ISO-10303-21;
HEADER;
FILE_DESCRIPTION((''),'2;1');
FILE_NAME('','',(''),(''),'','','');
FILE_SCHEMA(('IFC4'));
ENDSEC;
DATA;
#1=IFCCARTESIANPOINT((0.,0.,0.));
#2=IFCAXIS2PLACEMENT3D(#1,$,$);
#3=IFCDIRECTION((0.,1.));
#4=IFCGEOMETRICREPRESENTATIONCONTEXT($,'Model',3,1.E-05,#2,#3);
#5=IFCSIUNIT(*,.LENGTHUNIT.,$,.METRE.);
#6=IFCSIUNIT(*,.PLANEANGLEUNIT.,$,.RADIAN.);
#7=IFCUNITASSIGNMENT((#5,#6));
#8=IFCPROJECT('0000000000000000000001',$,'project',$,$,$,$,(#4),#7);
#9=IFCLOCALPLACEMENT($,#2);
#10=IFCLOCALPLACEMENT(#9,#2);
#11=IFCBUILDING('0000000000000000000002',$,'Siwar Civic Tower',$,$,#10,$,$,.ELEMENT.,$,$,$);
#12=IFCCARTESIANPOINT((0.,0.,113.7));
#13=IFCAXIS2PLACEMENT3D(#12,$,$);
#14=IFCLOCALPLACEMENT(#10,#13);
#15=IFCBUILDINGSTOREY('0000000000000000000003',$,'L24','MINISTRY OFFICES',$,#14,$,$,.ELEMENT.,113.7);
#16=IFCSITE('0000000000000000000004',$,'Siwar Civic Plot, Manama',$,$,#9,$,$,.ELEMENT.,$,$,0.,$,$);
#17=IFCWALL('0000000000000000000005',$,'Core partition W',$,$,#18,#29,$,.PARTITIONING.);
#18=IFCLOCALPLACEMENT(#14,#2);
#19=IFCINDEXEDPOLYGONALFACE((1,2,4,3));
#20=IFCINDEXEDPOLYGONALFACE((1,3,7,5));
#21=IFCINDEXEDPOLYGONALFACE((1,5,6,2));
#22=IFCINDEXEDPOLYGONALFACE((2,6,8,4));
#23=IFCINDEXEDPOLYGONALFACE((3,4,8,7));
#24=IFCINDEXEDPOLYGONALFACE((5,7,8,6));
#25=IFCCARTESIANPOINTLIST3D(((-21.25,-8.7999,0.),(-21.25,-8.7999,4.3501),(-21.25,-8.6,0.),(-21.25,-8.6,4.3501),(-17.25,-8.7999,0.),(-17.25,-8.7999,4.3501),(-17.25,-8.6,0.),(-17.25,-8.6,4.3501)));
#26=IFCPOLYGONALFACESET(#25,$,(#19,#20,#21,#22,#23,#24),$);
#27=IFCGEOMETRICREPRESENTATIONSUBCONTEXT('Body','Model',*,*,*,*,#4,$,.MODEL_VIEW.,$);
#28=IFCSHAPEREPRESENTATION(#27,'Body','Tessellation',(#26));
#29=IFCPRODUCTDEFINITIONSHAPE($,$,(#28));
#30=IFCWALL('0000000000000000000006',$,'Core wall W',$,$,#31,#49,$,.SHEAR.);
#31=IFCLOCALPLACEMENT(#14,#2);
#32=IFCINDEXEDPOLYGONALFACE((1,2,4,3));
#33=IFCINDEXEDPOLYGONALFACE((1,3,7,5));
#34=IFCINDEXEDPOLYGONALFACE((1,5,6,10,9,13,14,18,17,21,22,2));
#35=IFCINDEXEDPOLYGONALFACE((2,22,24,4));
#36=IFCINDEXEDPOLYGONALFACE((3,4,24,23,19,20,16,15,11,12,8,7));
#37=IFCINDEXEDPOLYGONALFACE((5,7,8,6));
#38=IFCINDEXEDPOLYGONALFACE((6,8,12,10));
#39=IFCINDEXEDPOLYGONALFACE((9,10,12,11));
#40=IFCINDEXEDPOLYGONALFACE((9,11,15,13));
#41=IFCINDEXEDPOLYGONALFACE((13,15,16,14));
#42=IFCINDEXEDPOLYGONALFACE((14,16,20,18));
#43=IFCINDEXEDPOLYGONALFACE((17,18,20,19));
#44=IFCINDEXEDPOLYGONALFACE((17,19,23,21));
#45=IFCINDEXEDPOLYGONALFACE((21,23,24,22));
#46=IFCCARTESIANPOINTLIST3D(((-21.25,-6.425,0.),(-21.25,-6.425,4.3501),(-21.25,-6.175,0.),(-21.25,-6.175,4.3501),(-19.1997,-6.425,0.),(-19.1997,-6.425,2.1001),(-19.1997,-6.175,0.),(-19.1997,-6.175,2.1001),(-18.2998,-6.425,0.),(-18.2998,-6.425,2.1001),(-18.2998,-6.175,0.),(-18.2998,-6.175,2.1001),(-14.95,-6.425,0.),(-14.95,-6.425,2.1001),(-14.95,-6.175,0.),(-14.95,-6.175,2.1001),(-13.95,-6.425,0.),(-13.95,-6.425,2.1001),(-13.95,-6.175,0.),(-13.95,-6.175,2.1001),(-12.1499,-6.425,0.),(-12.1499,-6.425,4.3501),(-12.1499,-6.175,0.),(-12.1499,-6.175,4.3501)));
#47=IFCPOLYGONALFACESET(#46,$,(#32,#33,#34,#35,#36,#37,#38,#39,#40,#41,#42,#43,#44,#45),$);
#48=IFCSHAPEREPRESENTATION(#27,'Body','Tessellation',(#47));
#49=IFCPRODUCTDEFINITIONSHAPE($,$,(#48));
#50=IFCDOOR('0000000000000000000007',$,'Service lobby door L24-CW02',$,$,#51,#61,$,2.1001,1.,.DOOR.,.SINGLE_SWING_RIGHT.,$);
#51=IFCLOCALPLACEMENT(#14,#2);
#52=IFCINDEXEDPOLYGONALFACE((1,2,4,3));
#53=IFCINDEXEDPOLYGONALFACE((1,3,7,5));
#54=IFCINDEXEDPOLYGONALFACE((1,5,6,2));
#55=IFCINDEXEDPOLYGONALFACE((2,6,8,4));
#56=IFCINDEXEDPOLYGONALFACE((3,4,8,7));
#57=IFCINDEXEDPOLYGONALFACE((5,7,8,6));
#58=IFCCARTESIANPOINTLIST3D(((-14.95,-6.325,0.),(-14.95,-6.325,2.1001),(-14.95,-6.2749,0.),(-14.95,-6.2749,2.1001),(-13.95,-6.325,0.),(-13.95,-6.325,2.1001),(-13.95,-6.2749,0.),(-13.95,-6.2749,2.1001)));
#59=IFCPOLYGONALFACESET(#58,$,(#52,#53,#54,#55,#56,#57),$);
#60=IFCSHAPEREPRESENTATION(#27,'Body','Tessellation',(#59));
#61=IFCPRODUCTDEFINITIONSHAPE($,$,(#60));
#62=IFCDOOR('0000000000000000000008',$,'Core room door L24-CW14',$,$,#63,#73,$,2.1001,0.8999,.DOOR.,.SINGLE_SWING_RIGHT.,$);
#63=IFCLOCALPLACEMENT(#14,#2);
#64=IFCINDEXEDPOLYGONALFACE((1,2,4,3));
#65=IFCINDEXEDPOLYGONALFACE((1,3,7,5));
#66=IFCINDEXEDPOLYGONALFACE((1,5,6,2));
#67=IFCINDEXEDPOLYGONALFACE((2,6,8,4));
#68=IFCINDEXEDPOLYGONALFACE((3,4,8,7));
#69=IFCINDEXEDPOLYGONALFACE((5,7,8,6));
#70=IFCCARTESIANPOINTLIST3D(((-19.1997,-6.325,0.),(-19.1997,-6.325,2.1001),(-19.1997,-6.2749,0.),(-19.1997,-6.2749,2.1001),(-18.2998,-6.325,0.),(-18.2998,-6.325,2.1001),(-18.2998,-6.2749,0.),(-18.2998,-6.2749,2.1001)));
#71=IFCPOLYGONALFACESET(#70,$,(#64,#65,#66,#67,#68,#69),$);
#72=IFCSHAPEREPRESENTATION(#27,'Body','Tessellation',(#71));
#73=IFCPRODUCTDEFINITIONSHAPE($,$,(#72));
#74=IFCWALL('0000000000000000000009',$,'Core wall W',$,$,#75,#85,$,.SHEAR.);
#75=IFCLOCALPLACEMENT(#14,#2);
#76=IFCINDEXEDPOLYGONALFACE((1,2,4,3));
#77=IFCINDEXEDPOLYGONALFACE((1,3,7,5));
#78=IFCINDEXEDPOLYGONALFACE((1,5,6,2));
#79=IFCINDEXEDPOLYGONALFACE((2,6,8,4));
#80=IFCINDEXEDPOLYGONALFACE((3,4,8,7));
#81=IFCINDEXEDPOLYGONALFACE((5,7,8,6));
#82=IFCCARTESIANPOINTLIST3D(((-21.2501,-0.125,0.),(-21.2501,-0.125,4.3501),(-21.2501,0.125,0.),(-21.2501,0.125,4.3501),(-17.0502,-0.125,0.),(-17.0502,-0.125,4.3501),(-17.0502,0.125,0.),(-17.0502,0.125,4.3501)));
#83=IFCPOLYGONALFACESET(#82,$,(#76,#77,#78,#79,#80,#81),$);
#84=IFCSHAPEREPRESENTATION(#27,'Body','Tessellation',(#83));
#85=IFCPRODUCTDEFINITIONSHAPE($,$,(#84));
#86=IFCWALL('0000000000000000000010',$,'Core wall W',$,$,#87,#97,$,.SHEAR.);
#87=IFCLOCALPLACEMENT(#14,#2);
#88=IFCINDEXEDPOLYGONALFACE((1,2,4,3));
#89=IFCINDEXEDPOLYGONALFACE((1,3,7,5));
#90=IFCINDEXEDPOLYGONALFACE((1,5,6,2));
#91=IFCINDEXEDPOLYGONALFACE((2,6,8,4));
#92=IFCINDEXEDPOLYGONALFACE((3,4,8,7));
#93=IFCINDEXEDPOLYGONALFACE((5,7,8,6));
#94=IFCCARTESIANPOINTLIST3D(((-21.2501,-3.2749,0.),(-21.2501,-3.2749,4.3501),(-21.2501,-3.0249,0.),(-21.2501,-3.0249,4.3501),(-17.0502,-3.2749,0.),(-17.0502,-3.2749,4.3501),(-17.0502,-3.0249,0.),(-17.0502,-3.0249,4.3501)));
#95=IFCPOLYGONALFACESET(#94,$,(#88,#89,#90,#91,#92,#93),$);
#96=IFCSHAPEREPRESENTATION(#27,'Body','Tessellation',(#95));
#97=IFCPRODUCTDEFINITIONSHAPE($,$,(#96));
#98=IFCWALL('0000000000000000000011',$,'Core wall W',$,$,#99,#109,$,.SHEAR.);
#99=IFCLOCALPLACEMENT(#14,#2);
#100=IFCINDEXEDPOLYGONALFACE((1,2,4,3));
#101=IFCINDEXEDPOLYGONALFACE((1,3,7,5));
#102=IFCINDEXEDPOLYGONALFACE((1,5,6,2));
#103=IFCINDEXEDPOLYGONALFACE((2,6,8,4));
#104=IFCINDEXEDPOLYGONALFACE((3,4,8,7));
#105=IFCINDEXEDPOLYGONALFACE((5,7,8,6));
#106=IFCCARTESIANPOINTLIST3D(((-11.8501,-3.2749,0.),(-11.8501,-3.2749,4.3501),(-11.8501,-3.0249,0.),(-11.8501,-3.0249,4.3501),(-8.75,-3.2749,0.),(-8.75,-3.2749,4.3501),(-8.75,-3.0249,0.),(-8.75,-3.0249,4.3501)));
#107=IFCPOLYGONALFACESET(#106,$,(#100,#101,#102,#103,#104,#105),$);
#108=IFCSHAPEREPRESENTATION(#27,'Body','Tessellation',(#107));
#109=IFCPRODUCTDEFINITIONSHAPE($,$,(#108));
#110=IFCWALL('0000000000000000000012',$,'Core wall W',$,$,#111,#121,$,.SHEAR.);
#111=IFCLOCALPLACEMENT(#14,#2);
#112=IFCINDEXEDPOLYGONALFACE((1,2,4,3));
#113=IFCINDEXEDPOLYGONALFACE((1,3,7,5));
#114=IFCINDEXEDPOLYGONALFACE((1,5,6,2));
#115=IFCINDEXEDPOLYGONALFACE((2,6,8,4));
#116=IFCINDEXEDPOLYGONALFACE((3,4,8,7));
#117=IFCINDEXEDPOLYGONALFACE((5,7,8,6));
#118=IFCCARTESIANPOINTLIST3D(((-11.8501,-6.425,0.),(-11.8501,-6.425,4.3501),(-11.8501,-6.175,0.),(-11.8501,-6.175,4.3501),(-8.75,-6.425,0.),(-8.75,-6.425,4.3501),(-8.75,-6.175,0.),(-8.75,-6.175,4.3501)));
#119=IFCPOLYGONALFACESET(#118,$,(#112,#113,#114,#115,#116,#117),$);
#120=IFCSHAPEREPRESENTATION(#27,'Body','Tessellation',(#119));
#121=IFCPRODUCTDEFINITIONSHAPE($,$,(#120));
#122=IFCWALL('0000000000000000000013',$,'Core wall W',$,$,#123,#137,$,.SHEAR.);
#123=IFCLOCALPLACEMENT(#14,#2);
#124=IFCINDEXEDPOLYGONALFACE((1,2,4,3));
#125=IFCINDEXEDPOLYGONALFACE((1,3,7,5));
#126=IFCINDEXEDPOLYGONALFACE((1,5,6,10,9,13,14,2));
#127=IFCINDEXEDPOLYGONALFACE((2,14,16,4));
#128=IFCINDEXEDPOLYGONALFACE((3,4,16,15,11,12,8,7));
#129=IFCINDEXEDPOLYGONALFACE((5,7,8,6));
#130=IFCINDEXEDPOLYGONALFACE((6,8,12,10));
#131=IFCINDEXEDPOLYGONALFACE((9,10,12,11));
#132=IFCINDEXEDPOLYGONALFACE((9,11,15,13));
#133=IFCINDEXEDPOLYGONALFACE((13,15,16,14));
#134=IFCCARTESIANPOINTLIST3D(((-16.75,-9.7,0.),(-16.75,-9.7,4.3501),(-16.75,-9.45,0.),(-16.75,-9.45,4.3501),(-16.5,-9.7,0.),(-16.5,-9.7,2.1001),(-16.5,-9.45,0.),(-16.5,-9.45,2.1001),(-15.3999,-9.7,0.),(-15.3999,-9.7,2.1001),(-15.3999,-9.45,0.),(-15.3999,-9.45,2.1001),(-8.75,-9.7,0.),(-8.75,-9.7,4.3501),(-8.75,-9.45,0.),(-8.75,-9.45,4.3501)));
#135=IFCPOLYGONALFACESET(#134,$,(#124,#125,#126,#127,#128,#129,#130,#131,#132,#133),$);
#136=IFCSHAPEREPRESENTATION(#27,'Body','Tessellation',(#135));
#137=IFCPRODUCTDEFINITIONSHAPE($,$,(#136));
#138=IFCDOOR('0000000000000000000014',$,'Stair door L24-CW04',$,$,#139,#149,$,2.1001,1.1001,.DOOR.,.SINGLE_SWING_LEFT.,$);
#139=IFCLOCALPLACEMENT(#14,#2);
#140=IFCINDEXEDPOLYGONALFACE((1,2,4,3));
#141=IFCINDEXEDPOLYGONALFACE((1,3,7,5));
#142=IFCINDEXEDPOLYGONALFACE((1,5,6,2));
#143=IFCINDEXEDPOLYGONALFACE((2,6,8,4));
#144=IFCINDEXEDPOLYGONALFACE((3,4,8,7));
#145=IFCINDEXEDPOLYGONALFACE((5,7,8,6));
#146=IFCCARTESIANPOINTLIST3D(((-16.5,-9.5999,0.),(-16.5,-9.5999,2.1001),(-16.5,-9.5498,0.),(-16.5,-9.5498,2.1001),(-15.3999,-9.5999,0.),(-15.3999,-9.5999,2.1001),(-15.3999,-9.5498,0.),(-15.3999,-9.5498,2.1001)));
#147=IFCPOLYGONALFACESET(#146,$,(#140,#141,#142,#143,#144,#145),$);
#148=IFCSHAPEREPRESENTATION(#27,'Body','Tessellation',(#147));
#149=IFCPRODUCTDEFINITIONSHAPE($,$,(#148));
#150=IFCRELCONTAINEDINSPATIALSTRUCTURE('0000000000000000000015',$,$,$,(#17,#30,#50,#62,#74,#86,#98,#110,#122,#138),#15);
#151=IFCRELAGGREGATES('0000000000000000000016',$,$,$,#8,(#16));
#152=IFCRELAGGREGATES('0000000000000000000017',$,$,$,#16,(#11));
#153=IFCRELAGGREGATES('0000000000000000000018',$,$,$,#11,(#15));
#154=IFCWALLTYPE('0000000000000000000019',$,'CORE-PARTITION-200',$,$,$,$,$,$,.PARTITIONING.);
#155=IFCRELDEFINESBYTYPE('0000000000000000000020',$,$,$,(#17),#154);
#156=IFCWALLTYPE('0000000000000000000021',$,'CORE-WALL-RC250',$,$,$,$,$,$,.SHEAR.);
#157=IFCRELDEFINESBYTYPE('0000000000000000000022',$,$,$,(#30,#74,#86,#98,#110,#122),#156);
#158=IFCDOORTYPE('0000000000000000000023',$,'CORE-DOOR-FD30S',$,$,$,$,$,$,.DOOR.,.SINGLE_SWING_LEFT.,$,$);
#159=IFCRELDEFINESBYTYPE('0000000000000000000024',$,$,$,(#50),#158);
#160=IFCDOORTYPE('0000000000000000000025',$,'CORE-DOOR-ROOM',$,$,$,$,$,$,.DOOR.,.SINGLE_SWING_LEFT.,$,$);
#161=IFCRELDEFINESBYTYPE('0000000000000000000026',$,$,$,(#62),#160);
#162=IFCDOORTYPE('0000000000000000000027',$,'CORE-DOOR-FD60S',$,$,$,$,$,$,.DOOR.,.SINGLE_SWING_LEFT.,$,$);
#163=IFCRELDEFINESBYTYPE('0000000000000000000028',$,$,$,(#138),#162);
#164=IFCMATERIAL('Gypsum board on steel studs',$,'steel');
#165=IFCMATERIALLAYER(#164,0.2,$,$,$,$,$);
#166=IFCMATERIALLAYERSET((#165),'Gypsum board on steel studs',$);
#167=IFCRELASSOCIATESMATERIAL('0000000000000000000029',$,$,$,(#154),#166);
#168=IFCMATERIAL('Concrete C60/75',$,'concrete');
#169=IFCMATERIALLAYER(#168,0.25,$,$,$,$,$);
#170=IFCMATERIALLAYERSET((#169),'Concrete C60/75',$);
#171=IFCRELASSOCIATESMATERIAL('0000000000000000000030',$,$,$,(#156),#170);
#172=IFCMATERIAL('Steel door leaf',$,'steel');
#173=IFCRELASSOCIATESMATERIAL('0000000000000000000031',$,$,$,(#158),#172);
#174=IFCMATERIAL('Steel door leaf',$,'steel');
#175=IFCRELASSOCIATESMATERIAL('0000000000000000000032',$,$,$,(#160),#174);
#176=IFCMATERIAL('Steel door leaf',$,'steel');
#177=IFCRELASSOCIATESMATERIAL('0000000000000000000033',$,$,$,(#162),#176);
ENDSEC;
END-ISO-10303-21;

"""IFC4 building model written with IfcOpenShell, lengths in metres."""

from ifc_helpers import new_model, si_unit, direction, frame, frame_2d, origin, place, context, subcontext, project, spatial, rectangle, extrude, material, layer, layer_set, type_object, element, fill, save


model = new_model("IFC4")

# Units and contexts
model_context = context("Model", 3, precision=1e-05, world=origin(), true_north=direction((0.0, 1.0)))
body_context = subcontext(model_context, "Body", "Model", "MODEL_VIEW")
ifc_project = project(units=[si_unit("LENGTHUNIT", "METRE"), si_unit("PLANEANGLEUNIT", "RADIAN")], contexts=[model_context])

# Site, building, storey
site_placement = place(None, origin())
site = spatial("IfcSite", under=ifc_project, at=site_placement, Name="Siwar Civic Plot, Manama", CompositionType="ELEMENT", RefElevation=0.0)
building_placement = place(site_placement, origin())
building = spatial("IfcBuilding", under=site, at=building_placement, Name="Siwar Civic Tower", CompositionType="ELEMENT")
storey_placement = place(building_placement, frame((0.0, 0.0, 113.7)))
storey = spatial("IfcBuildingStorey", under=building, at=storey_placement, Name="L24", Description="MINISTRY OFFICES", CompositionType="ELEMENT", Elevation=113.7)

# Wall
ifc_material_1 = material(Name="Gypsum board on steel studs", Category="steel")
ifc_layer_1 = layer(ifc_material_1, 0.2)
ifc_layer_set_1 = layer_set([ifc_layer_1], Name="Gypsum board on steel studs")
wall_type_1 = type_object("IfcWallType", Name="CORE-PARTITION-200", PredefinedType="PARTITIONING", material=ifc_layer_set_1)
wall_1_placement = place(storey_placement, frame((-17.25, -8.7, 0.0), z_axis=(0.0, 0.0, 1.0), x_axis=(-1.0, 0.0, 0.0)))
element("IfcWall", 1, at=wall_1_placement, inside=storey, type_object=wall_type_1, Name="Core partition W", PredefinedType="PARTITIONING", context=body_context, shape_type="SweptSolid", body=[
    extrude(rectangle(XDim=4.0, YDim=0.2, at=frame_2d((2.0, 0.0))), origin(), (0.0, 0.0, 1.0), 4.3501),
])

# Wall, openings, doors
ifc_material_2 = material(Name="Concrete C60/75", Category="concrete")
ifc_layer_2 = layer(ifc_material_2, 0.25)
ifc_layer_set_2 = layer_set([ifc_layer_2], Name="Concrete C60/75")
wall_type_2 = type_object("IfcWallType", Name="CORE-WALL-RC250", PredefinedType="SHEAR", material=ifc_layer_set_2)
wall_2_placement = place(storey_placement, frame((-12.1499, -6.3, 0.0), z_axis=(0.0, 0.0, 1.0), x_axis=(-1.0, 0.0, 0.0)))
wall_2 = element("IfcWall", 2, at=wall_2_placement, inside=storey, type_object=wall_type_2, Name="Core wall W", PredefinedType="SHEAR", context=body_context, shape_type="SweptSolid", body=[
    extrude(rectangle(XDim=9.1001, YDim=0.25, at=frame_2d((4.55, 0.0))), origin(), (0.0, 0.0, 1.0), 4.3501),
])
opening_1_placement = place(wall_2_placement, frame((1.8, 0.0, 0.0)))
opening_1 = element("IfcOpeningElement", 3, at=opening_1_placement, cuts=wall_2, PredefinedType="OPENING", context=body_context, shape_type="SweptSolid", body=[
    extrude(rectangle(XDim=1.0, YDim=2.1001, at=frame_2d((0.5, 1.05))), frame((0.0, 0.135, 0.0), z_axis=(0.0, -1.0, 0.0), x_axis=(1.0, 0.0, 0.0)), (0.0, 0.0, 1.0), 0.27),
])
opening_2_placement = place(wall_2_placement, frame((6.1499, 0.0, 0.0)))
opening_2 = element("IfcOpeningElement", 4, at=opening_2_placement, cuts=wall_2, PredefinedType="OPENING", context=body_context, shape_type="SweptSolid", body=[
    extrude(rectangle(XDim=0.8999, YDim=2.1001, at=frame_2d((0.45, 1.05))), frame((0.0, 0.135, 0.0), z_axis=(0.0, -1.0, 0.0), x_axis=(1.0, 0.0, 0.0)), (0.0, 0.0, 1.0), 0.27),
])
ifc_material_3 = material(Name="Steel door leaf", Category="steel")
door_type_1 = type_object("IfcDoorType", Name="CORE-DOOR-FD30S", OperationType="SINGLE_SWING_LEFT", PredefinedType="DOOR", material=ifc_material_3)
door_1_placement = place(opening_1_placement, origin())
door_1 = element("IfcDoor", 5, at=door_1_placement, inside=storey, type_object=door_type_1, Name="Service lobby door L24-CW02", OperationType="SINGLE_SWING_RIGHT", OverallHeight=2.1001, OverallWidth=1.0, PredefinedType="DOOR", context=body_context, shape_type="SweptSolid", body=[
    extrude(rectangle(XDim=1.0, YDim=2.1001, at=frame_2d((0.5, 1.05))), frame((0.0, 0.0249, 0.0), z_axis=(0.0, -1.0, 0.0), x_axis=(1.0, 0.0, 0.0)), (0.0, 0.0, 1.0), 0.05),
])
fill(opening_1, door_1)
ifc_material_4 = material(Name="Steel door leaf", Category="steel")
door_type_2 = type_object("IfcDoorType", Name="CORE-DOOR-ROOM", OperationType="SINGLE_SWING_LEFT", PredefinedType="DOOR", material=ifc_material_4)
door_2_placement = place(opening_2_placement, origin())
door_2 = element("IfcDoor", 6, at=door_2_placement, inside=storey, type_object=door_type_2, Name="Core room door L24-CW14", OperationType="SINGLE_SWING_RIGHT", OverallHeight=2.1001, OverallWidth=0.8999, PredefinedType="DOOR", context=body_context, shape_type="SweptSolid", body=[
    extrude(rectangle(XDim=0.8999, YDim=2.1001, at=frame_2d((0.45, 1.05))), frame((0.0, 0.0249, 0.0), z_axis=(0.0, -1.0, 0.0), x_axis=(1.0, 0.0, 0.0)), (0.0, 0.0, 1.0), 0.05),
])
fill(opening_2, door_2)

# Walls
for number, where, z_axis, x_axis, name in (
    (7, (-17.05, 0.0, 0.0), (0.0, 0.0, 1.0), (-1.0, 0.0, 0.0), "Core wall W"),
    (8, (-17.05, -3.1499, 0.0), (0.0, 0.0, 1.0), (-1.0, 0.0, 0.0), "Core wall W"),
):
    element("IfcWall", number, at=place(storey_placement, frame(where, z_axis=z_axis, x_axis=x_axis)), inside=storey, type_object=wall_type_2, Name=name, PredefinedType="SHEAR", context=body_context, shape_type="SweptSolid", body=[
        extrude(rectangle(XDim=4.2, YDim=0.25, at=frame_2d((2.1001, 0.0))), origin(), (0.0, 0.0, 1.0), 4.3501),
    ])
for number, where, z_axis, x_axis, name in (
    (9, (-8.75, -3.1499, 0.0), (0.0, 0.0, 1.0), (-1.0, 0.0, 0.0), "Core wall W"),
    (10, (-8.75, -6.3, 0.0), (0.0, 0.0, 1.0), (-1.0, 0.0, 0.0), "Core wall W"),
):
    element("IfcWall", number, at=place(storey_placement, frame(where, z_axis=z_axis, x_axis=x_axis)), inside=storey, type_object=wall_type_2, Name=name, PredefinedType="SHEAR", context=body_context, shape_type="SweptSolid", body=[
        extrude(rectangle(XDim=3.1001, YDim=0.25, at=frame_2d((1.55, 0.0))), origin(), (0.0, 0.0, 1.0), 4.3501),
    ])

# Wall, opening, door
wall_3_placement = place(storey_placement, frame((-8.75, -9.575, 0.0), z_axis=(0.0, 0.0, 1.0), x_axis=(-1.0, 0.0, 0.0)))
wall_3 = element("IfcWall", 11, at=wall_3_placement, inside=storey, type_object=wall_type_2, Name="Core wall W", PredefinedType="SHEAR", context=body_context, shape_type="SweptSolid", body=[
    extrude(rectangle(XDim=8.0, YDim=0.25, at=frame_2d((4.0, 0.0))), origin(), (0.0, 0.0, 1.0), 4.3501),
])
opening_3_placement = place(wall_3_placement, frame((6.6499, 0.0, 0.0)))
opening_3 = element("IfcOpeningElement", 12, at=opening_3_placement, cuts=wall_3, PredefinedType="OPENING", context=body_context, shape_type="SweptSolid", body=[
    extrude(rectangle(XDim=1.1001, YDim=2.1001, at=frame_2d((0.55, 1.05))), frame((0.0, 0.135, 0.0), z_axis=(0.0, -1.0, 0.0), x_axis=(1.0, 0.0, 0.0)), (0.0, 0.0, 1.0), 0.27),
])
ifc_material_5 = material(Name="Steel door leaf", Category="steel")
door_type_3 = type_object("IfcDoorType", Name="CORE-DOOR-FD60S", OperationType="SINGLE_SWING_LEFT", PredefinedType="DOOR", material=ifc_material_5)
door_3_placement = place(opening_3_placement, origin())
door_3 = element("IfcDoor", 13, at=door_3_placement, inside=storey, type_object=door_type_3, Name="Stair door L24-CW04", OperationType="SINGLE_SWING_LEFT", OverallHeight=2.1001, OverallWidth=1.1001, PredefinedType="DOOR", context=body_context, shape_type="SweptSolid", body=[
    extrude(rectangle(XDim=1.1001, YDim=2.1001, at=frame_2d((0.55, 1.05))), frame((0.0, 0.0249, 0.0), z_axis=(0.0, -1.0, 0.0), x_axis=(1.0, 0.0, 0.0)), (0.0, 0.0, 1.0), 0.05),
])
fill(opening_3, door_3)

save(model, "model.ifc")
